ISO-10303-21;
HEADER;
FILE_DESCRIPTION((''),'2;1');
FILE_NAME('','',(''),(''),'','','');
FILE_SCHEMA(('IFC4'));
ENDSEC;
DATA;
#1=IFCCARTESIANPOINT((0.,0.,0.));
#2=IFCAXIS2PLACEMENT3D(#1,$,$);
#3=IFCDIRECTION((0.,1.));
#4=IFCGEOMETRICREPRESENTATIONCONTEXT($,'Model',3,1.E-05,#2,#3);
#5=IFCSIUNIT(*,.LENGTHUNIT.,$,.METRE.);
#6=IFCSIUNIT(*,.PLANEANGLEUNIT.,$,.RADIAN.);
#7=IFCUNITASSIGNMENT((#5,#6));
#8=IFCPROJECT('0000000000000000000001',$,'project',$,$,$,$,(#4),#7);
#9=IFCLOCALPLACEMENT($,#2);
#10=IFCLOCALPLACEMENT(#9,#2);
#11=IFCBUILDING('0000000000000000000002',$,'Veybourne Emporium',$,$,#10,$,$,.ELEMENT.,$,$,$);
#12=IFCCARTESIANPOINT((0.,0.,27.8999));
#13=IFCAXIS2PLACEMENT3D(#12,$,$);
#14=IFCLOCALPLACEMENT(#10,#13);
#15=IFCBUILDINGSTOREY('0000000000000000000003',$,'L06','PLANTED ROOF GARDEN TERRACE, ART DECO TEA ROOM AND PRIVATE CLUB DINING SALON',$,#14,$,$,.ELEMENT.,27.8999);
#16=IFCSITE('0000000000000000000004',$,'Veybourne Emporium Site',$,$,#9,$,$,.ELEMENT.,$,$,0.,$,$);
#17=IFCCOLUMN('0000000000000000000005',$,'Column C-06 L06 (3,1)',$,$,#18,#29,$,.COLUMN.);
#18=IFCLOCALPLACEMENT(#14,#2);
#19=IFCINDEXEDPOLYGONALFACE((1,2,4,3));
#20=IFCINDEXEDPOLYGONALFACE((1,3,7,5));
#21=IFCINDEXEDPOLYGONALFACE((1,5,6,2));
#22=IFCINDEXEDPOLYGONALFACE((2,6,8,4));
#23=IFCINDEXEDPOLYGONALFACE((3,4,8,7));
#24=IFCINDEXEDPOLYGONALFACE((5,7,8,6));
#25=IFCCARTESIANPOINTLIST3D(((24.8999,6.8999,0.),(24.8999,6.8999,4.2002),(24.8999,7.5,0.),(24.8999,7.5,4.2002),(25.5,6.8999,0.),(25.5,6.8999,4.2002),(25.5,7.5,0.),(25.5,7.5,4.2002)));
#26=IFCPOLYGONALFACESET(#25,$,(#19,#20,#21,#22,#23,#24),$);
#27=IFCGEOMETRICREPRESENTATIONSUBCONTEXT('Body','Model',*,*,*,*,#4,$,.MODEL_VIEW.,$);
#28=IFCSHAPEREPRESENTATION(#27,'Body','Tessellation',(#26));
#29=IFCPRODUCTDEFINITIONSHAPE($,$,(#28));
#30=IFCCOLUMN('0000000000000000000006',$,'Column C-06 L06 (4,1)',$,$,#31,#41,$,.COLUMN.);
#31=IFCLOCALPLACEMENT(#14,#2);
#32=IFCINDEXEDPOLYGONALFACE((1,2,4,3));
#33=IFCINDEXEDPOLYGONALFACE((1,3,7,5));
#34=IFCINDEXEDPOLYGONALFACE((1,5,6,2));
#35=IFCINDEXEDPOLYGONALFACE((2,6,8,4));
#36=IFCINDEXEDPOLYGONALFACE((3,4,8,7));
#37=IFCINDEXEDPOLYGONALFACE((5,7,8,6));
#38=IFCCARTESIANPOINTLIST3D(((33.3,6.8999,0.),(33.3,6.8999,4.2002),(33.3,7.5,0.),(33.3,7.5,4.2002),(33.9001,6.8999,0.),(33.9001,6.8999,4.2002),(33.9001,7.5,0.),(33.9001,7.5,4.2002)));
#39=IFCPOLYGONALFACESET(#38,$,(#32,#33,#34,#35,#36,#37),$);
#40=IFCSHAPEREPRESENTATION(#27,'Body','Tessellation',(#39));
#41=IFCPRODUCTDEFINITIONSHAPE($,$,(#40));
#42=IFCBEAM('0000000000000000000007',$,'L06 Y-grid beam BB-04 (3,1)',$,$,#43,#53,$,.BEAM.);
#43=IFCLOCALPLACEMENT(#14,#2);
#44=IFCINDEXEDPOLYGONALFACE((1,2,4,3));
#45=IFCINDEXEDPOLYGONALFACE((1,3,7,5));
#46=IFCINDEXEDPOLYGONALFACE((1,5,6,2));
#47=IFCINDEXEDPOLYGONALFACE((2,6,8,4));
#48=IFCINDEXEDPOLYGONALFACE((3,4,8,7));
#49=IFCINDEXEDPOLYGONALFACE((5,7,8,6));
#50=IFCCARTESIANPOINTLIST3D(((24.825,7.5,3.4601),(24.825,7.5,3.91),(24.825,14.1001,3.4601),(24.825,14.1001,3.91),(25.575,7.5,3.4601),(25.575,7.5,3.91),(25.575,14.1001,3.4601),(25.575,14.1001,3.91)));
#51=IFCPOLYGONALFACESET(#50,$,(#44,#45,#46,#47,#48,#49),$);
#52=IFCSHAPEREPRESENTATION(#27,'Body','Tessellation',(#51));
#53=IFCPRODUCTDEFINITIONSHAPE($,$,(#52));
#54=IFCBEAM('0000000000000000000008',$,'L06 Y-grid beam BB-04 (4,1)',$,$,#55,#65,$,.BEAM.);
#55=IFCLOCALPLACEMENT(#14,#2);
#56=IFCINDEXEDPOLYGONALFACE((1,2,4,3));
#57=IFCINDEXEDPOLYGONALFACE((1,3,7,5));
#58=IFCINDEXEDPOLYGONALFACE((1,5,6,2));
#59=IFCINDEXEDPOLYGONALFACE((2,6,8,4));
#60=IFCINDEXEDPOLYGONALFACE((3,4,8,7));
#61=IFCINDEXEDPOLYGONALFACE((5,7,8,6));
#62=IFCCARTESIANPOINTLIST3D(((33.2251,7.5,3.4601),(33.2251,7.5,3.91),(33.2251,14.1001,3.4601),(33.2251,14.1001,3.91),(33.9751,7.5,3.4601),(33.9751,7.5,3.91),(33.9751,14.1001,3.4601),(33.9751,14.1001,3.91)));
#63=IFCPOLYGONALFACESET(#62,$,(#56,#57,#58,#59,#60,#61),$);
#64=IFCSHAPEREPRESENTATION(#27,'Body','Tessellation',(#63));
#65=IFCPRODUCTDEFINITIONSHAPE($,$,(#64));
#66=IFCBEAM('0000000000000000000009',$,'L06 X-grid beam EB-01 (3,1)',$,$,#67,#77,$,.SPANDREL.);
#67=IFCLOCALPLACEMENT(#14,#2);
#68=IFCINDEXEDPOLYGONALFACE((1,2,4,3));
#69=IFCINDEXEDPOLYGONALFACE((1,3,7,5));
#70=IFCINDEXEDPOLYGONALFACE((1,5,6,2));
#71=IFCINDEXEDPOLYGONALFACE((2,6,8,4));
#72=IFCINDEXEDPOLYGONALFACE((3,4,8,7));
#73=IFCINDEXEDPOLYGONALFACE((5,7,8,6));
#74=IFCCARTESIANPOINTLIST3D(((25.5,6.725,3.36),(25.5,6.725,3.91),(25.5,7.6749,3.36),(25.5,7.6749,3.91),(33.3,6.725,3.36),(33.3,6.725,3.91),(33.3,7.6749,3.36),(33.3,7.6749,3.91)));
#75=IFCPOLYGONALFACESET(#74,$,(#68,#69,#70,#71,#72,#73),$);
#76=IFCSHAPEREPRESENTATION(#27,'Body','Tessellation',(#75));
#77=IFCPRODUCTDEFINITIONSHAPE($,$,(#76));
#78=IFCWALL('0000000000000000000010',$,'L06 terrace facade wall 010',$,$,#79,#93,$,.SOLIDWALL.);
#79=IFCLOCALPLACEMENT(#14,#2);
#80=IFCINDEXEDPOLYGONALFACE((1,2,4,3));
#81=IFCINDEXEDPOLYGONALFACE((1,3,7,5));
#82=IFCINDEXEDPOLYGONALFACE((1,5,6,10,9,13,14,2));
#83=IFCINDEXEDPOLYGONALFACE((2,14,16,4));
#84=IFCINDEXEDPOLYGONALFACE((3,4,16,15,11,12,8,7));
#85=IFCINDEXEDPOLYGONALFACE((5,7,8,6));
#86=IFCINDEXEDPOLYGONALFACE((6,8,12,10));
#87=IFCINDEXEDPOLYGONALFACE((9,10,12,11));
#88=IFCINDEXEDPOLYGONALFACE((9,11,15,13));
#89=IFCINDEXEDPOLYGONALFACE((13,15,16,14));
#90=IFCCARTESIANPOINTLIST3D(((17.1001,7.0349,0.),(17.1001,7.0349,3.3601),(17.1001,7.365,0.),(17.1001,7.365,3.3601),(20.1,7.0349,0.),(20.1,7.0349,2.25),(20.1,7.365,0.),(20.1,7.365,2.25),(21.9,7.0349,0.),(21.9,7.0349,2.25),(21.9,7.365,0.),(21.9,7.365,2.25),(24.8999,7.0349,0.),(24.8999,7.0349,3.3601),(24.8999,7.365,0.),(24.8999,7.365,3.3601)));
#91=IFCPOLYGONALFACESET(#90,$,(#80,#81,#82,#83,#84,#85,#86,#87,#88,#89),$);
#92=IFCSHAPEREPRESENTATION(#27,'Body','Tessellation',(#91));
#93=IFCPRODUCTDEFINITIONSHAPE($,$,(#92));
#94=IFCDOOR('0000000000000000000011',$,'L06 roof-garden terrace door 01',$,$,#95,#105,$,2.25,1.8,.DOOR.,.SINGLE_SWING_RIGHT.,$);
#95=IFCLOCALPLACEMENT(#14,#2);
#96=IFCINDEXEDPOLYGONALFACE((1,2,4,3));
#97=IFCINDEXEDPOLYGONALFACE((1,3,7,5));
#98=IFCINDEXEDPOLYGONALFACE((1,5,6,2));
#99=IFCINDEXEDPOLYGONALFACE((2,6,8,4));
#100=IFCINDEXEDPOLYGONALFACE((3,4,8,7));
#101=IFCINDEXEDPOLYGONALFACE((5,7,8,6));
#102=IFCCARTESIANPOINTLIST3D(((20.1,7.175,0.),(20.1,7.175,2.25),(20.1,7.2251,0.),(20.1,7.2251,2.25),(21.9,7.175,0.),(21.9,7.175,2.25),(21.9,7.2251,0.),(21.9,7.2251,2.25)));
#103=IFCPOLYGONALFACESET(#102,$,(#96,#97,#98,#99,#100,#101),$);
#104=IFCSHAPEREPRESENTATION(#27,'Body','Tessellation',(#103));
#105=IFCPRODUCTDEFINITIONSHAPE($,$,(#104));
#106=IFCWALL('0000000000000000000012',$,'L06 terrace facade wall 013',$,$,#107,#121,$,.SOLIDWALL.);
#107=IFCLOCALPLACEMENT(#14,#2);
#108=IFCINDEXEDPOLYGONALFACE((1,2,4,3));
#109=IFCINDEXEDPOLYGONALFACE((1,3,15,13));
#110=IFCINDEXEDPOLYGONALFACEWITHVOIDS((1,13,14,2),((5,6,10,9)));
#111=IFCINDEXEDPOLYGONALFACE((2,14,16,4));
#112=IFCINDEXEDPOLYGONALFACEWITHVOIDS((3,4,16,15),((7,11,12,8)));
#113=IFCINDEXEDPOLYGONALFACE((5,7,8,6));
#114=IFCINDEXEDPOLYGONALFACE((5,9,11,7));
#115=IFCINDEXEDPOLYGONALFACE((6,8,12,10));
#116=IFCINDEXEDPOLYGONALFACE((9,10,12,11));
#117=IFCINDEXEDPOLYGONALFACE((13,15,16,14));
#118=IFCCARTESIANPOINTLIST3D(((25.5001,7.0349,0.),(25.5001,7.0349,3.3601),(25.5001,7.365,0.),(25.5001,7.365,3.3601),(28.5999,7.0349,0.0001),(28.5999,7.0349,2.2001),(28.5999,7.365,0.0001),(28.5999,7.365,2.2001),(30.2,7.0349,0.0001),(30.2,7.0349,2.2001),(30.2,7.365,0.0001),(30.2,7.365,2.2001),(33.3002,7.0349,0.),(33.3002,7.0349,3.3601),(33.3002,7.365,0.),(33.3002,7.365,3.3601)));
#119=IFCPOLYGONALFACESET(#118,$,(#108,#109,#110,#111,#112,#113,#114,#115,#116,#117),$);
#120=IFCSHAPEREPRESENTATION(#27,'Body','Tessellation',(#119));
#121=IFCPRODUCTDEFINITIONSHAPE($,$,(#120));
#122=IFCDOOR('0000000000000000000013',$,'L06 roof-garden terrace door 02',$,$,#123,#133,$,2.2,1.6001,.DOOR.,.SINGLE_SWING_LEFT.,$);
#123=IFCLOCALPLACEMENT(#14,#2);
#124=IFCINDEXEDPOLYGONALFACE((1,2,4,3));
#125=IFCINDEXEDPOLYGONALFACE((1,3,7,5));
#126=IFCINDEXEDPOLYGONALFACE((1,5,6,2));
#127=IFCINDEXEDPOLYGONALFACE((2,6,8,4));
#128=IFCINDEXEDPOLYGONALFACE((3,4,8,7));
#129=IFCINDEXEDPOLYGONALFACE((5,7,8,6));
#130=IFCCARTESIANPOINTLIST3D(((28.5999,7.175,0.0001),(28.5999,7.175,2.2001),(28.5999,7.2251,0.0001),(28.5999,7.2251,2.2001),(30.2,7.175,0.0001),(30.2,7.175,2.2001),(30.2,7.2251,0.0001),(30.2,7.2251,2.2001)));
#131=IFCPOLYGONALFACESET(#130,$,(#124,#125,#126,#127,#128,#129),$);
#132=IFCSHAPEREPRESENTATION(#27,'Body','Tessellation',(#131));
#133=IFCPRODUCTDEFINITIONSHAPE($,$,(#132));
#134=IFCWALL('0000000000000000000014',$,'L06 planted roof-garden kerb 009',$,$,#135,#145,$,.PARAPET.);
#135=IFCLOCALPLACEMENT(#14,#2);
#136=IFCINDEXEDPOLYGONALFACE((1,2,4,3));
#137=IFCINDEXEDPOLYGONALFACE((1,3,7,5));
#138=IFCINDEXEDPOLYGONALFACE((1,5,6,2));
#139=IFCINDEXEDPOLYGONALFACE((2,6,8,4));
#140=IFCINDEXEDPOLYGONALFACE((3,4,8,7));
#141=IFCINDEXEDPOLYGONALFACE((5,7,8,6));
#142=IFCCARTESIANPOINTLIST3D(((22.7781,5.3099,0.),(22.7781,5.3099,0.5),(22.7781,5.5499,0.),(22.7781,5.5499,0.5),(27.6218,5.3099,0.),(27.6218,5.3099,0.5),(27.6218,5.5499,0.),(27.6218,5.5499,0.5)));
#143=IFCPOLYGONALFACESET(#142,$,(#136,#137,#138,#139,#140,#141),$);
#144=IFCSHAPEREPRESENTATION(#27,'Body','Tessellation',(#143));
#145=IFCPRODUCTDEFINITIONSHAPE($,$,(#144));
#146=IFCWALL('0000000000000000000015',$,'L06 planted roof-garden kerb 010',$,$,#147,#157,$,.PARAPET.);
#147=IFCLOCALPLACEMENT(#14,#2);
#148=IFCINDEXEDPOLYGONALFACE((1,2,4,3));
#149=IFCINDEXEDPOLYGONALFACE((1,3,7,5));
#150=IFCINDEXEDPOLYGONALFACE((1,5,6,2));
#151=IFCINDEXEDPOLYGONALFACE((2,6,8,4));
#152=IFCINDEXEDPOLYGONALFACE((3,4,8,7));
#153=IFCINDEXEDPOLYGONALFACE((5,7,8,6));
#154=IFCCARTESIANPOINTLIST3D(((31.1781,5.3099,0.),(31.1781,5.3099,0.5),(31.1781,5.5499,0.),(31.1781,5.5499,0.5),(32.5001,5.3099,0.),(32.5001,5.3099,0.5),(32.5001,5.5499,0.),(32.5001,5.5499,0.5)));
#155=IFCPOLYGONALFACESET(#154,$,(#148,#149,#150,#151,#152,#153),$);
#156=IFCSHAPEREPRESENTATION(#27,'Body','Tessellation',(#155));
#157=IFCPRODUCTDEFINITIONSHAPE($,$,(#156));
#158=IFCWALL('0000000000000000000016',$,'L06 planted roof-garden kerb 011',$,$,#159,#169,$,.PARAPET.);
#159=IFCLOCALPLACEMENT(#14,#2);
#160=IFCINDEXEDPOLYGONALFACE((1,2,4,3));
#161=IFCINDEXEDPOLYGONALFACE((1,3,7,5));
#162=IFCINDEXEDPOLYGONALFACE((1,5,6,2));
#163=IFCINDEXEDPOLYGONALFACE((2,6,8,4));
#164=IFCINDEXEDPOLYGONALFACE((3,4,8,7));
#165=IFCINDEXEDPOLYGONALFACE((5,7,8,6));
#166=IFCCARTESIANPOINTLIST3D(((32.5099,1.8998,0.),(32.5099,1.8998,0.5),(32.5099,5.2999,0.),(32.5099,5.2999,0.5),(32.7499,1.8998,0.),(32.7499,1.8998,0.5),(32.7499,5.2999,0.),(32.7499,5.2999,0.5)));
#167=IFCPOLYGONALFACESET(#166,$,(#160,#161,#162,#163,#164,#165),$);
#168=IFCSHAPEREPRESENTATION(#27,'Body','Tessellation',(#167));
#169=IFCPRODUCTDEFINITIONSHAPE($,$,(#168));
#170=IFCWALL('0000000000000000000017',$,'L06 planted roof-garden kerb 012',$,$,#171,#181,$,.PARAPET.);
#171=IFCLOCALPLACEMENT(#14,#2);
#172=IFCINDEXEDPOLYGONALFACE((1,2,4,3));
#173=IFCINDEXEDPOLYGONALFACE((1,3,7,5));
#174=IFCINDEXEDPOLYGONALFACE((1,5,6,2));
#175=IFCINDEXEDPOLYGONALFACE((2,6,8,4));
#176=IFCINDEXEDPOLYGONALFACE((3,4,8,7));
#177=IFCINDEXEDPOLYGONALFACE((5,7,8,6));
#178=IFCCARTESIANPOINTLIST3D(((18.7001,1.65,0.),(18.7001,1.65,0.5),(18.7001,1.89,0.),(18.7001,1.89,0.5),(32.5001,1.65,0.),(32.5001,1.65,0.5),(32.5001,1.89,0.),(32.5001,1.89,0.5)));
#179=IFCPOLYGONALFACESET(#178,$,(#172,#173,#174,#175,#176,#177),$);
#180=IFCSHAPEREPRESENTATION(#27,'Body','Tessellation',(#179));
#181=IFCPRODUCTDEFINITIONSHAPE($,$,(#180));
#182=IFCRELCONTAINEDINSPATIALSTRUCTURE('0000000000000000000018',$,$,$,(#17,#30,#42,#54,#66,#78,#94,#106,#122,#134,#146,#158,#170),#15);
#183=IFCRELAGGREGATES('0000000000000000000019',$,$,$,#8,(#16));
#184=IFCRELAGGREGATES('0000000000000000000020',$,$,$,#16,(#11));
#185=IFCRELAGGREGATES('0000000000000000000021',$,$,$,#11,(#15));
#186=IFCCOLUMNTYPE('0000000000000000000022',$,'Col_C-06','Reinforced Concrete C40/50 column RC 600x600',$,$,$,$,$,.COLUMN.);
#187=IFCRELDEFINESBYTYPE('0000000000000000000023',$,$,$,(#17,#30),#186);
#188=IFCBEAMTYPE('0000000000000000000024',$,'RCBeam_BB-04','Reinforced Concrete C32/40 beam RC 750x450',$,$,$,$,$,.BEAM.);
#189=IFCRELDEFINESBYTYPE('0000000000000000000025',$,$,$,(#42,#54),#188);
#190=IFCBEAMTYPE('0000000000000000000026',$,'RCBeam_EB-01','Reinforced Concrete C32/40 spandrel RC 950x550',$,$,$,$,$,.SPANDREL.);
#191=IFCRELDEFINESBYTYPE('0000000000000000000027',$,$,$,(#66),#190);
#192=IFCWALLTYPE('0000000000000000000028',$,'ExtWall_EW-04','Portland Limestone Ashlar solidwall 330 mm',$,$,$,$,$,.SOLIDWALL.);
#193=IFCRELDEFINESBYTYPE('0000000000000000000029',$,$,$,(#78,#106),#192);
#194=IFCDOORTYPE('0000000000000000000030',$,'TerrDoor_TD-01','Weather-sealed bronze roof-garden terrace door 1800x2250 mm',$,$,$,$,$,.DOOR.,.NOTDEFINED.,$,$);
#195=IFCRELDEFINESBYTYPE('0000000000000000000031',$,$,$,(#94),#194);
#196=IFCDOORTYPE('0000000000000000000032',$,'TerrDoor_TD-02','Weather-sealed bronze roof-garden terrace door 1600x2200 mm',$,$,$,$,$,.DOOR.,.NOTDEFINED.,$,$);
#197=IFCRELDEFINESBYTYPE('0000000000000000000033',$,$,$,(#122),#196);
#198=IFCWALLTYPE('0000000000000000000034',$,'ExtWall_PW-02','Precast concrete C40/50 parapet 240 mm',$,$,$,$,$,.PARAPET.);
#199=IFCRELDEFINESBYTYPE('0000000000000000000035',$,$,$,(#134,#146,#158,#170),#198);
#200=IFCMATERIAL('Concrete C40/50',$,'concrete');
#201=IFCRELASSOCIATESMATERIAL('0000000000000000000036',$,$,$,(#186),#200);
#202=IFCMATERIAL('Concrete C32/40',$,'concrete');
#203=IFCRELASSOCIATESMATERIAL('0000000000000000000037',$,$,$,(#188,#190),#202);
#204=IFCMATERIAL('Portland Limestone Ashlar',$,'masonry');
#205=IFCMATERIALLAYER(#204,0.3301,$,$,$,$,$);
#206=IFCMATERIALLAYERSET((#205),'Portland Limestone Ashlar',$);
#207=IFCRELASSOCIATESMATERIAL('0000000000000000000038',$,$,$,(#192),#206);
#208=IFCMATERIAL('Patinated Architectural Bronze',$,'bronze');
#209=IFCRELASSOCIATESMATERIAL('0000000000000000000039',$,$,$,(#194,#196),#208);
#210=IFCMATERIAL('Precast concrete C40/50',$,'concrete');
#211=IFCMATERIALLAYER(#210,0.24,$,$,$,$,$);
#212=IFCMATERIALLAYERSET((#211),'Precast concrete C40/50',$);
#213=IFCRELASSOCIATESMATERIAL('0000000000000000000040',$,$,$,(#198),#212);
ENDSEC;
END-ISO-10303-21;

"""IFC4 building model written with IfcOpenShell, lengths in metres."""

from ifc_helpers import new_model, si_unit, direction, frame, frame_2d, origin, origin_2d, place, context, subcontext, project, spatial, rectangle, extrude, material, layer, layer_set, material_profile, profile_set, type_object, element, fill, save


model = new_model("IFC4")

# Units and contexts
model_context = context("Model", 3, precision=1e-05, world=origin(), true_north=direction((0.0, 1.0)))
body_context = subcontext(model_context, "Body", "Model", "MODEL_VIEW")
ifc_project = project(units=[si_unit("LENGTHUNIT", "METRE"), si_unit("PLANEANGLEUNIT", "RADIAN")], contexts=[model_context])

# Site, building, storey
site_placement = place(None, origin())
site = spatial("IfcSite", under=ifc_project, at=site_placement, Name="Veybourne Emporium Site", CompositionType="ELEMENT", RefElevation=0.0)
building_placement = place(site_placement, origin())
building = spatial("IfcBuilding", under=site, at=building_placement, Name="Veybourne Emporium", CompositionType="ELEMENT")
storey_placement = place(building_placement, frame((0.0, 0.0, 27.8999)))
storey = spatial("IfcBuildingStorey", under=building, at=storey_placement, Name="L06", Description="PLANTED ROOF GARDEN TERRACE, ART DECO TEA ROOM AND PRIVATE CLUB DINING SALON", CompositionType="ELEMENT", Elevation=27.8999)

# Columns
ifc_material_1 = material(Name="Concrete C40/50", Category="concrete")
ifc_material_profile_1 = material_profile(ifc_material_1, rectangle(XDim=0.6001, YDim=0.6001, at=origin_2d()), Name="RC 600x600")
ifc_profile_set_1 = profile_set([ifc_material_profile_1], Name="Concrete C40/50")
column_type = type_object("IfcColumnType", Name="Col_C-06", Description="Reinforced Concrete C40/50 column RC 600x600", PredefinedType="COLUMN", material=ifc_profile_set_1)
for number, where, z_axis, x_axis, name in (
    (1, (25.2, 7.2, 0.0), (0.0, 0.0, 1.0), (1.0, 0.0, 0.0), "Column C-06 L06 (3,1)"),
    (2, (33.6001, 7.2, 0.0), (0.0, 0.0, 1.0), (1.0, 0.0, 0.0), "Column C-06 L06 (4,1)"),
):
    element("IfcColumn", number, at=place(storey_placement, frame(where, z_axis=z_axis, x_axis=x_axis)), inside=storey, type_object=column_type, Name=name, PredefinedType="COLUMN", context=body_context, shape_type="SweptSolid", body=[
        extrude(rectangle(XDim=0.6001, YDim=0.6001, at=origin_2d()), origin(), (0.0, 0.0, 1.0), 4.2002),
    ])

# Beams
ifc_material_2 = material(Name="Concrete C32/40", Category="concrete")
ifc_material_profile_2 = material_profile(ifc_material_2, rectangle(XDim=0.75, YDim=0.45, at=origin_2d()), Name="RC 750x450")
ifc_profile_set_2 = profile_set([ifc_material_profile_2], Name="Concrete C32/40")
beam_type_1 = type_object("IfcBeamType", Name="RCBeam_BB-04", Description="Reinforced Concrete C32/40 beam RC 750x450", PredefinedType="BEAM", material=ifc_profile_set_2)
for number, where, z_axis, x_axis, name in (
    (3, (25.2, 7.5, 3.6851), (0.0, 1.0, 0.0), (-1.0, 0.0, 0.0), "L06 Y-grid beam BB-04 (3,1)"),
    (4, (33.6001, 7.5, 3.6851), (0.0, 1.0, 0.0), (-1.0, 0.0, 0.0), "L06 Y-grid beam BB-04 (4,1)"),
):
    element("IfcBeam", number, at=place(storey_placement, frame(where, z_axis=z_axis, x_axis=x_axis)), inside=storey, type_object=beam_type_1, Name=name, PredefinedType="BEAM", context=body_context, shape_type="SweptSolid", body=[
        extrude(rectangle(XDim=0.75, YDim=0.45, at=origin_2d()), origin(), (0.0, 0.0, 1.0), 6.6001),
    ])
ifc_material_profile_3 = material_profile(ifc_material_2, rectangle(XDim=0.95, YDim=0.55, at=origin_2d()), Name="RC 950x550")
ifc_profile_set_3 = profile_set([ifc_material_profile_3], Name="Concrete C32/40")
beam_type_2 = type_object("IfcBeamType", Name="RCBeam_EB-01", Description="Reinforced Concrete C32/40 spandrel RC 950x550", PredefinedType="SPANDREL", material=ifc_profile_set_3)
beam_placement = place(storey_placement, frame((25.5, 7.2, 3.635), z_axis=(1.0, 0.0, 0.0), x_axis=(0.0, 1.0, 0.0)))
element("IfcBeam", 5, at=beam_placement, inside=storey, type_object=beam_type_2, Name="L06 X-grid beam EB-01 (3,1)", PredefinedType="SPANDREL", context=body_context, shape_type="SweptSolid", body=[
    extrude(rectangle(XDim=0.95, YDim=0.55, at=origin_2d()), origin(), (0.0, 0.0, 1.0), 7.8),
])

# Walls, openings, doors
ifc_material_3 = material(Name="Portland Limestone Ashlar", Category="masonry")
ifc_layer_1 = layer(ifc_material_3, 0.3301)
ifc_layer_set_1 = layer_set([ifc_layer_1], Name="Portland Limestone Ashlar")
wall_type_1 = type_object("IfcWallType", Name="ExtWall_EW-04", Description="Portland Limestone Ashlar solidwall 330 mm", PredefinedType="SOLIDWALL", material=ifc_layer_set_1)
wall_1_placement = place(storey_placement, frame((24.8999, 7.2, 0.0), z_axis=(0.0, 0.0, 1.0), x_axis=(-1.0, 0.0, 0.0)))
wall_1 = element("IfcWall", 6, at=wall_1_placement, inside=storey, type_object=wall_type_1, Name="L06 terrace facade wall 010", PredefinedType="SOLIDWALL", context=body_context, shape_type="SweptSolid", body=[
    extrude(rectangle(XDim=7.7998, YDim=0.3301, at=frame_2d((3.8999, 0.0))), origin(), (0.0, 0.0, 1.0), 3.3601),
])
opening_1_placement = place(wall_1_placement, frame((3.0, 0.0, 0.0)))
opening_1 = element("IfcOpeningElement", 7, at=opening_1_placement, cuts=wall_1, PredefinedType="OPENING", context=body_context, shape_type="SweptSolid", body=[
    extrude(rectangle(XDim=1.8, YDim=2.25, at=frame_2d((0.8999, 1.125))), frame((0.0, 0.1851, 0.0), z_axis=(0.0, -1.0, 0.0), x_axis=(1.0, 0.0, 0.0)), (0.0, 0.0, 1.0), 0.3701),
])
ifc_material_4 = material(Name="Patinated Architectural Bronze", Category="bronze")
door_type_1 = type_object("IfcDoorType", Name="TerrDoor_TD-01", Description="Weather-sealed bronze roof-garden terrace door 1800x2250 mm", OperationType="NOTDEFINED", PredefinedType="DOOR", material=ifc_material_4)
door_1_placement = place(opening_1_placement, origin())
door_1 = element("IfcDoor", 8, at=door_1_placement, inside=storey, type_object=door_type_1, Name="L06 roof-garden terrace door 01", OperationType="SINGLE_SWING_RIGHT", OverallHeight=2.25, OverallWidth=1.8, PredefinedType="DOOR", context=body_context, shape_type="SweptSolid", body=[
    extrude(rectangle(XDim=1.8, YDim=2.25, at=frame_2d((0.8999, 1.125))), frame((0.0, 0.0249, 0.0), z_axis=(0.0, -1.0, 0.0), x_axis=(1.0, 0.0, 0.0)), (0.0, 0.0, 1.0), 0.05),
])
fill(opening_1, door_1)
wall_2_placement = place(storey_placement, frame((33.3, 7.2, 0.0), z_axis=(0.0, 0.0, 1.0), x_axis=(-1.0, 0.0, 0.0)))
wall_2 = element("IfcWall", 9, at=wall_2_placement, inside=storey, type_object=wall_type_1, Name="L06 terrace facade wall 013", PredefinedType="SOLIDWALL", context=body_context, shape_type="SweptSolid", body=[
    extrude(rectangle(XDim=7.8, YDim=0.3301, at=frame_2d((3.8999, 0.0))), origin(), (0.0, 0.0, 1.0), 3.3601),
])
opening_2_placement = place(wall_2_placement, frame((3.1001, 0.0, 0.0)))
opening_2 = element("IfcOpeningElement", 10, at=opening_2_placement, cuts=wall_2, PredefinedType="OPENING", context=body_context, shape_type="SweptSolid", body=[
    extrude(rectangle(XDim=1.6001, YDim=2.2, at=frame_2d((0.8, 1.1001))), frame((0.0, 0.1851, 0.0), z_axis=(0.0, -1.0, 0.0), x_axis=(1.0, 0.0, 0.0)), (0.0, 0.0, 1.0), 0.3701),
])
door_type_2 = type_object("IfcDoorType", Name="TerrDoor_TD-02", Description="Weather-sealed bronze roof-garden terrace door 1600x2200 mm", OperationType="NOTDEFINED", PredefinedType="DOOR", material=ifc_material_4)
door_2_placement = place(opening_2_placement, origin())
door_2 = element("IfcDoor", 11, at=door_2_placement, inside=storey, type_object=door_type_2, Name="L06 roof-garden terrace door 02", OperationType="SINGLE_SWING_LEFT", OverallHeight=2.2, OverallWidth=1.6001, PredefinedType="DOOR", context=body_context, shape_type="SweptSolid", body=[
    extrude(rectangle(XDim=1.6001, YDim=2.2, at=frame_2d((0.8, 1.1001))), frame((0.0, 0.0249, 0.0), z_axis=(0.0, -1.0, 0.0), x_axis=(1.0, 0.0, 0.0)), (0.0, 0.0, 1.0), 0.05),
])
fill(opening_2, door_2)

# Walls
ifc_material_5 = material(Name="Precast concrete C40/50", Category="concrete")
ifc_layer_2 = layer(ifc_material_5, 0.24)
ifc_layer_set_2 = layer_set([ifc_layer_2], Name="Precast concrete C40/50")
wall_type_2 = type_object("IfcWallType", Name="ExtWall_PW-02", Description="Precast concrete C40/50 parapet 240 mm", PredefinedType="PARAPET", material=ifc_layer_set_2)
wall_3_placement = place(storey_placement, frame((22.7781, 5.4299, 0.0), z_axis=(0.0, 0.0, 1.0), x_axis=(1.0, 0.0, 0.0)))
element("IfcWall", 12, at=wall_3_placement, inside=storey, type_object=wall_type_2, Name="L06 planted roof-garden kerb 009", PredefinedType="PARAPET", context=body_context, shape_type="SweptSolid", body=[
    extrude(rectangle(XDim=4.8438, YDim=0.24, at=frame_2d((2.4219, 0.0))), origin(), (0.0, 0.0, 1.0), 0.5),
])
wall_4_placement = place(storey_placement, frame((31.178, 5.4299, 0.0), z_axis=(0.0, 0.0, 1.0), x_axis=(1.0, 0.0, 0.0)))
element("IfcWall", 13, at=wall_4_placement, inside=storey, type_object=wall_type_2, Name="L06 planted roof-garden kerb 010", PredefinedType="PARAPET", context=body_context, shape_type="SweptSolid", body=[
    extrude(rectangle(XDim=1.322, YDim=0.24, at=frame_2d((0.6611, 0.0))), origin(), (0.0, 0.0, 1.0), 0.5),
])
wall_5_placement = place(storey_placement, frame((32.6299, 5.3, 0.0), z_axis=(0.0, 0.0, 1.0), x_axis=(0.0, -1.0, 0.0)))
element("IfcWall", 14, at=wall_5_placement, inside=storey, type_object=wall_type_2, Name="L06 planted roof-garden kerb 011", PredefinedType="PARAPET", context=body_context, shape_type="SweptSolid", body=[
    extrude(rectangle(XDim=3.4001, YDim=0.24, at=frame_2d((1.7002, 0.0))), origin(), (0.0, 0.0, 1.0), 0.5),
])
wall_6_placement = place(storey_placement, frame((32.5, 1.77, 0.0), z_axis=(0.0, 0.0, 1.0), x_axis=(-1.0, 0.0, 0.0)))
element("IfcWall", 15, at=wall_6_placement, inside=storey, type_object=wall_type_2, Name="L06 planted roof-garden kerb 012", PredefinedType="PARAPET", context=body_context, shape_type="SweptSolid", body=[
    extrude(rectangle(XDim=13.8, YDim=0.24, at=frame_2d((6.8999, 0.0))), origin(), (0.0, 0.0, 1.0), 0.5),
])

save(model, "model.ifc")
